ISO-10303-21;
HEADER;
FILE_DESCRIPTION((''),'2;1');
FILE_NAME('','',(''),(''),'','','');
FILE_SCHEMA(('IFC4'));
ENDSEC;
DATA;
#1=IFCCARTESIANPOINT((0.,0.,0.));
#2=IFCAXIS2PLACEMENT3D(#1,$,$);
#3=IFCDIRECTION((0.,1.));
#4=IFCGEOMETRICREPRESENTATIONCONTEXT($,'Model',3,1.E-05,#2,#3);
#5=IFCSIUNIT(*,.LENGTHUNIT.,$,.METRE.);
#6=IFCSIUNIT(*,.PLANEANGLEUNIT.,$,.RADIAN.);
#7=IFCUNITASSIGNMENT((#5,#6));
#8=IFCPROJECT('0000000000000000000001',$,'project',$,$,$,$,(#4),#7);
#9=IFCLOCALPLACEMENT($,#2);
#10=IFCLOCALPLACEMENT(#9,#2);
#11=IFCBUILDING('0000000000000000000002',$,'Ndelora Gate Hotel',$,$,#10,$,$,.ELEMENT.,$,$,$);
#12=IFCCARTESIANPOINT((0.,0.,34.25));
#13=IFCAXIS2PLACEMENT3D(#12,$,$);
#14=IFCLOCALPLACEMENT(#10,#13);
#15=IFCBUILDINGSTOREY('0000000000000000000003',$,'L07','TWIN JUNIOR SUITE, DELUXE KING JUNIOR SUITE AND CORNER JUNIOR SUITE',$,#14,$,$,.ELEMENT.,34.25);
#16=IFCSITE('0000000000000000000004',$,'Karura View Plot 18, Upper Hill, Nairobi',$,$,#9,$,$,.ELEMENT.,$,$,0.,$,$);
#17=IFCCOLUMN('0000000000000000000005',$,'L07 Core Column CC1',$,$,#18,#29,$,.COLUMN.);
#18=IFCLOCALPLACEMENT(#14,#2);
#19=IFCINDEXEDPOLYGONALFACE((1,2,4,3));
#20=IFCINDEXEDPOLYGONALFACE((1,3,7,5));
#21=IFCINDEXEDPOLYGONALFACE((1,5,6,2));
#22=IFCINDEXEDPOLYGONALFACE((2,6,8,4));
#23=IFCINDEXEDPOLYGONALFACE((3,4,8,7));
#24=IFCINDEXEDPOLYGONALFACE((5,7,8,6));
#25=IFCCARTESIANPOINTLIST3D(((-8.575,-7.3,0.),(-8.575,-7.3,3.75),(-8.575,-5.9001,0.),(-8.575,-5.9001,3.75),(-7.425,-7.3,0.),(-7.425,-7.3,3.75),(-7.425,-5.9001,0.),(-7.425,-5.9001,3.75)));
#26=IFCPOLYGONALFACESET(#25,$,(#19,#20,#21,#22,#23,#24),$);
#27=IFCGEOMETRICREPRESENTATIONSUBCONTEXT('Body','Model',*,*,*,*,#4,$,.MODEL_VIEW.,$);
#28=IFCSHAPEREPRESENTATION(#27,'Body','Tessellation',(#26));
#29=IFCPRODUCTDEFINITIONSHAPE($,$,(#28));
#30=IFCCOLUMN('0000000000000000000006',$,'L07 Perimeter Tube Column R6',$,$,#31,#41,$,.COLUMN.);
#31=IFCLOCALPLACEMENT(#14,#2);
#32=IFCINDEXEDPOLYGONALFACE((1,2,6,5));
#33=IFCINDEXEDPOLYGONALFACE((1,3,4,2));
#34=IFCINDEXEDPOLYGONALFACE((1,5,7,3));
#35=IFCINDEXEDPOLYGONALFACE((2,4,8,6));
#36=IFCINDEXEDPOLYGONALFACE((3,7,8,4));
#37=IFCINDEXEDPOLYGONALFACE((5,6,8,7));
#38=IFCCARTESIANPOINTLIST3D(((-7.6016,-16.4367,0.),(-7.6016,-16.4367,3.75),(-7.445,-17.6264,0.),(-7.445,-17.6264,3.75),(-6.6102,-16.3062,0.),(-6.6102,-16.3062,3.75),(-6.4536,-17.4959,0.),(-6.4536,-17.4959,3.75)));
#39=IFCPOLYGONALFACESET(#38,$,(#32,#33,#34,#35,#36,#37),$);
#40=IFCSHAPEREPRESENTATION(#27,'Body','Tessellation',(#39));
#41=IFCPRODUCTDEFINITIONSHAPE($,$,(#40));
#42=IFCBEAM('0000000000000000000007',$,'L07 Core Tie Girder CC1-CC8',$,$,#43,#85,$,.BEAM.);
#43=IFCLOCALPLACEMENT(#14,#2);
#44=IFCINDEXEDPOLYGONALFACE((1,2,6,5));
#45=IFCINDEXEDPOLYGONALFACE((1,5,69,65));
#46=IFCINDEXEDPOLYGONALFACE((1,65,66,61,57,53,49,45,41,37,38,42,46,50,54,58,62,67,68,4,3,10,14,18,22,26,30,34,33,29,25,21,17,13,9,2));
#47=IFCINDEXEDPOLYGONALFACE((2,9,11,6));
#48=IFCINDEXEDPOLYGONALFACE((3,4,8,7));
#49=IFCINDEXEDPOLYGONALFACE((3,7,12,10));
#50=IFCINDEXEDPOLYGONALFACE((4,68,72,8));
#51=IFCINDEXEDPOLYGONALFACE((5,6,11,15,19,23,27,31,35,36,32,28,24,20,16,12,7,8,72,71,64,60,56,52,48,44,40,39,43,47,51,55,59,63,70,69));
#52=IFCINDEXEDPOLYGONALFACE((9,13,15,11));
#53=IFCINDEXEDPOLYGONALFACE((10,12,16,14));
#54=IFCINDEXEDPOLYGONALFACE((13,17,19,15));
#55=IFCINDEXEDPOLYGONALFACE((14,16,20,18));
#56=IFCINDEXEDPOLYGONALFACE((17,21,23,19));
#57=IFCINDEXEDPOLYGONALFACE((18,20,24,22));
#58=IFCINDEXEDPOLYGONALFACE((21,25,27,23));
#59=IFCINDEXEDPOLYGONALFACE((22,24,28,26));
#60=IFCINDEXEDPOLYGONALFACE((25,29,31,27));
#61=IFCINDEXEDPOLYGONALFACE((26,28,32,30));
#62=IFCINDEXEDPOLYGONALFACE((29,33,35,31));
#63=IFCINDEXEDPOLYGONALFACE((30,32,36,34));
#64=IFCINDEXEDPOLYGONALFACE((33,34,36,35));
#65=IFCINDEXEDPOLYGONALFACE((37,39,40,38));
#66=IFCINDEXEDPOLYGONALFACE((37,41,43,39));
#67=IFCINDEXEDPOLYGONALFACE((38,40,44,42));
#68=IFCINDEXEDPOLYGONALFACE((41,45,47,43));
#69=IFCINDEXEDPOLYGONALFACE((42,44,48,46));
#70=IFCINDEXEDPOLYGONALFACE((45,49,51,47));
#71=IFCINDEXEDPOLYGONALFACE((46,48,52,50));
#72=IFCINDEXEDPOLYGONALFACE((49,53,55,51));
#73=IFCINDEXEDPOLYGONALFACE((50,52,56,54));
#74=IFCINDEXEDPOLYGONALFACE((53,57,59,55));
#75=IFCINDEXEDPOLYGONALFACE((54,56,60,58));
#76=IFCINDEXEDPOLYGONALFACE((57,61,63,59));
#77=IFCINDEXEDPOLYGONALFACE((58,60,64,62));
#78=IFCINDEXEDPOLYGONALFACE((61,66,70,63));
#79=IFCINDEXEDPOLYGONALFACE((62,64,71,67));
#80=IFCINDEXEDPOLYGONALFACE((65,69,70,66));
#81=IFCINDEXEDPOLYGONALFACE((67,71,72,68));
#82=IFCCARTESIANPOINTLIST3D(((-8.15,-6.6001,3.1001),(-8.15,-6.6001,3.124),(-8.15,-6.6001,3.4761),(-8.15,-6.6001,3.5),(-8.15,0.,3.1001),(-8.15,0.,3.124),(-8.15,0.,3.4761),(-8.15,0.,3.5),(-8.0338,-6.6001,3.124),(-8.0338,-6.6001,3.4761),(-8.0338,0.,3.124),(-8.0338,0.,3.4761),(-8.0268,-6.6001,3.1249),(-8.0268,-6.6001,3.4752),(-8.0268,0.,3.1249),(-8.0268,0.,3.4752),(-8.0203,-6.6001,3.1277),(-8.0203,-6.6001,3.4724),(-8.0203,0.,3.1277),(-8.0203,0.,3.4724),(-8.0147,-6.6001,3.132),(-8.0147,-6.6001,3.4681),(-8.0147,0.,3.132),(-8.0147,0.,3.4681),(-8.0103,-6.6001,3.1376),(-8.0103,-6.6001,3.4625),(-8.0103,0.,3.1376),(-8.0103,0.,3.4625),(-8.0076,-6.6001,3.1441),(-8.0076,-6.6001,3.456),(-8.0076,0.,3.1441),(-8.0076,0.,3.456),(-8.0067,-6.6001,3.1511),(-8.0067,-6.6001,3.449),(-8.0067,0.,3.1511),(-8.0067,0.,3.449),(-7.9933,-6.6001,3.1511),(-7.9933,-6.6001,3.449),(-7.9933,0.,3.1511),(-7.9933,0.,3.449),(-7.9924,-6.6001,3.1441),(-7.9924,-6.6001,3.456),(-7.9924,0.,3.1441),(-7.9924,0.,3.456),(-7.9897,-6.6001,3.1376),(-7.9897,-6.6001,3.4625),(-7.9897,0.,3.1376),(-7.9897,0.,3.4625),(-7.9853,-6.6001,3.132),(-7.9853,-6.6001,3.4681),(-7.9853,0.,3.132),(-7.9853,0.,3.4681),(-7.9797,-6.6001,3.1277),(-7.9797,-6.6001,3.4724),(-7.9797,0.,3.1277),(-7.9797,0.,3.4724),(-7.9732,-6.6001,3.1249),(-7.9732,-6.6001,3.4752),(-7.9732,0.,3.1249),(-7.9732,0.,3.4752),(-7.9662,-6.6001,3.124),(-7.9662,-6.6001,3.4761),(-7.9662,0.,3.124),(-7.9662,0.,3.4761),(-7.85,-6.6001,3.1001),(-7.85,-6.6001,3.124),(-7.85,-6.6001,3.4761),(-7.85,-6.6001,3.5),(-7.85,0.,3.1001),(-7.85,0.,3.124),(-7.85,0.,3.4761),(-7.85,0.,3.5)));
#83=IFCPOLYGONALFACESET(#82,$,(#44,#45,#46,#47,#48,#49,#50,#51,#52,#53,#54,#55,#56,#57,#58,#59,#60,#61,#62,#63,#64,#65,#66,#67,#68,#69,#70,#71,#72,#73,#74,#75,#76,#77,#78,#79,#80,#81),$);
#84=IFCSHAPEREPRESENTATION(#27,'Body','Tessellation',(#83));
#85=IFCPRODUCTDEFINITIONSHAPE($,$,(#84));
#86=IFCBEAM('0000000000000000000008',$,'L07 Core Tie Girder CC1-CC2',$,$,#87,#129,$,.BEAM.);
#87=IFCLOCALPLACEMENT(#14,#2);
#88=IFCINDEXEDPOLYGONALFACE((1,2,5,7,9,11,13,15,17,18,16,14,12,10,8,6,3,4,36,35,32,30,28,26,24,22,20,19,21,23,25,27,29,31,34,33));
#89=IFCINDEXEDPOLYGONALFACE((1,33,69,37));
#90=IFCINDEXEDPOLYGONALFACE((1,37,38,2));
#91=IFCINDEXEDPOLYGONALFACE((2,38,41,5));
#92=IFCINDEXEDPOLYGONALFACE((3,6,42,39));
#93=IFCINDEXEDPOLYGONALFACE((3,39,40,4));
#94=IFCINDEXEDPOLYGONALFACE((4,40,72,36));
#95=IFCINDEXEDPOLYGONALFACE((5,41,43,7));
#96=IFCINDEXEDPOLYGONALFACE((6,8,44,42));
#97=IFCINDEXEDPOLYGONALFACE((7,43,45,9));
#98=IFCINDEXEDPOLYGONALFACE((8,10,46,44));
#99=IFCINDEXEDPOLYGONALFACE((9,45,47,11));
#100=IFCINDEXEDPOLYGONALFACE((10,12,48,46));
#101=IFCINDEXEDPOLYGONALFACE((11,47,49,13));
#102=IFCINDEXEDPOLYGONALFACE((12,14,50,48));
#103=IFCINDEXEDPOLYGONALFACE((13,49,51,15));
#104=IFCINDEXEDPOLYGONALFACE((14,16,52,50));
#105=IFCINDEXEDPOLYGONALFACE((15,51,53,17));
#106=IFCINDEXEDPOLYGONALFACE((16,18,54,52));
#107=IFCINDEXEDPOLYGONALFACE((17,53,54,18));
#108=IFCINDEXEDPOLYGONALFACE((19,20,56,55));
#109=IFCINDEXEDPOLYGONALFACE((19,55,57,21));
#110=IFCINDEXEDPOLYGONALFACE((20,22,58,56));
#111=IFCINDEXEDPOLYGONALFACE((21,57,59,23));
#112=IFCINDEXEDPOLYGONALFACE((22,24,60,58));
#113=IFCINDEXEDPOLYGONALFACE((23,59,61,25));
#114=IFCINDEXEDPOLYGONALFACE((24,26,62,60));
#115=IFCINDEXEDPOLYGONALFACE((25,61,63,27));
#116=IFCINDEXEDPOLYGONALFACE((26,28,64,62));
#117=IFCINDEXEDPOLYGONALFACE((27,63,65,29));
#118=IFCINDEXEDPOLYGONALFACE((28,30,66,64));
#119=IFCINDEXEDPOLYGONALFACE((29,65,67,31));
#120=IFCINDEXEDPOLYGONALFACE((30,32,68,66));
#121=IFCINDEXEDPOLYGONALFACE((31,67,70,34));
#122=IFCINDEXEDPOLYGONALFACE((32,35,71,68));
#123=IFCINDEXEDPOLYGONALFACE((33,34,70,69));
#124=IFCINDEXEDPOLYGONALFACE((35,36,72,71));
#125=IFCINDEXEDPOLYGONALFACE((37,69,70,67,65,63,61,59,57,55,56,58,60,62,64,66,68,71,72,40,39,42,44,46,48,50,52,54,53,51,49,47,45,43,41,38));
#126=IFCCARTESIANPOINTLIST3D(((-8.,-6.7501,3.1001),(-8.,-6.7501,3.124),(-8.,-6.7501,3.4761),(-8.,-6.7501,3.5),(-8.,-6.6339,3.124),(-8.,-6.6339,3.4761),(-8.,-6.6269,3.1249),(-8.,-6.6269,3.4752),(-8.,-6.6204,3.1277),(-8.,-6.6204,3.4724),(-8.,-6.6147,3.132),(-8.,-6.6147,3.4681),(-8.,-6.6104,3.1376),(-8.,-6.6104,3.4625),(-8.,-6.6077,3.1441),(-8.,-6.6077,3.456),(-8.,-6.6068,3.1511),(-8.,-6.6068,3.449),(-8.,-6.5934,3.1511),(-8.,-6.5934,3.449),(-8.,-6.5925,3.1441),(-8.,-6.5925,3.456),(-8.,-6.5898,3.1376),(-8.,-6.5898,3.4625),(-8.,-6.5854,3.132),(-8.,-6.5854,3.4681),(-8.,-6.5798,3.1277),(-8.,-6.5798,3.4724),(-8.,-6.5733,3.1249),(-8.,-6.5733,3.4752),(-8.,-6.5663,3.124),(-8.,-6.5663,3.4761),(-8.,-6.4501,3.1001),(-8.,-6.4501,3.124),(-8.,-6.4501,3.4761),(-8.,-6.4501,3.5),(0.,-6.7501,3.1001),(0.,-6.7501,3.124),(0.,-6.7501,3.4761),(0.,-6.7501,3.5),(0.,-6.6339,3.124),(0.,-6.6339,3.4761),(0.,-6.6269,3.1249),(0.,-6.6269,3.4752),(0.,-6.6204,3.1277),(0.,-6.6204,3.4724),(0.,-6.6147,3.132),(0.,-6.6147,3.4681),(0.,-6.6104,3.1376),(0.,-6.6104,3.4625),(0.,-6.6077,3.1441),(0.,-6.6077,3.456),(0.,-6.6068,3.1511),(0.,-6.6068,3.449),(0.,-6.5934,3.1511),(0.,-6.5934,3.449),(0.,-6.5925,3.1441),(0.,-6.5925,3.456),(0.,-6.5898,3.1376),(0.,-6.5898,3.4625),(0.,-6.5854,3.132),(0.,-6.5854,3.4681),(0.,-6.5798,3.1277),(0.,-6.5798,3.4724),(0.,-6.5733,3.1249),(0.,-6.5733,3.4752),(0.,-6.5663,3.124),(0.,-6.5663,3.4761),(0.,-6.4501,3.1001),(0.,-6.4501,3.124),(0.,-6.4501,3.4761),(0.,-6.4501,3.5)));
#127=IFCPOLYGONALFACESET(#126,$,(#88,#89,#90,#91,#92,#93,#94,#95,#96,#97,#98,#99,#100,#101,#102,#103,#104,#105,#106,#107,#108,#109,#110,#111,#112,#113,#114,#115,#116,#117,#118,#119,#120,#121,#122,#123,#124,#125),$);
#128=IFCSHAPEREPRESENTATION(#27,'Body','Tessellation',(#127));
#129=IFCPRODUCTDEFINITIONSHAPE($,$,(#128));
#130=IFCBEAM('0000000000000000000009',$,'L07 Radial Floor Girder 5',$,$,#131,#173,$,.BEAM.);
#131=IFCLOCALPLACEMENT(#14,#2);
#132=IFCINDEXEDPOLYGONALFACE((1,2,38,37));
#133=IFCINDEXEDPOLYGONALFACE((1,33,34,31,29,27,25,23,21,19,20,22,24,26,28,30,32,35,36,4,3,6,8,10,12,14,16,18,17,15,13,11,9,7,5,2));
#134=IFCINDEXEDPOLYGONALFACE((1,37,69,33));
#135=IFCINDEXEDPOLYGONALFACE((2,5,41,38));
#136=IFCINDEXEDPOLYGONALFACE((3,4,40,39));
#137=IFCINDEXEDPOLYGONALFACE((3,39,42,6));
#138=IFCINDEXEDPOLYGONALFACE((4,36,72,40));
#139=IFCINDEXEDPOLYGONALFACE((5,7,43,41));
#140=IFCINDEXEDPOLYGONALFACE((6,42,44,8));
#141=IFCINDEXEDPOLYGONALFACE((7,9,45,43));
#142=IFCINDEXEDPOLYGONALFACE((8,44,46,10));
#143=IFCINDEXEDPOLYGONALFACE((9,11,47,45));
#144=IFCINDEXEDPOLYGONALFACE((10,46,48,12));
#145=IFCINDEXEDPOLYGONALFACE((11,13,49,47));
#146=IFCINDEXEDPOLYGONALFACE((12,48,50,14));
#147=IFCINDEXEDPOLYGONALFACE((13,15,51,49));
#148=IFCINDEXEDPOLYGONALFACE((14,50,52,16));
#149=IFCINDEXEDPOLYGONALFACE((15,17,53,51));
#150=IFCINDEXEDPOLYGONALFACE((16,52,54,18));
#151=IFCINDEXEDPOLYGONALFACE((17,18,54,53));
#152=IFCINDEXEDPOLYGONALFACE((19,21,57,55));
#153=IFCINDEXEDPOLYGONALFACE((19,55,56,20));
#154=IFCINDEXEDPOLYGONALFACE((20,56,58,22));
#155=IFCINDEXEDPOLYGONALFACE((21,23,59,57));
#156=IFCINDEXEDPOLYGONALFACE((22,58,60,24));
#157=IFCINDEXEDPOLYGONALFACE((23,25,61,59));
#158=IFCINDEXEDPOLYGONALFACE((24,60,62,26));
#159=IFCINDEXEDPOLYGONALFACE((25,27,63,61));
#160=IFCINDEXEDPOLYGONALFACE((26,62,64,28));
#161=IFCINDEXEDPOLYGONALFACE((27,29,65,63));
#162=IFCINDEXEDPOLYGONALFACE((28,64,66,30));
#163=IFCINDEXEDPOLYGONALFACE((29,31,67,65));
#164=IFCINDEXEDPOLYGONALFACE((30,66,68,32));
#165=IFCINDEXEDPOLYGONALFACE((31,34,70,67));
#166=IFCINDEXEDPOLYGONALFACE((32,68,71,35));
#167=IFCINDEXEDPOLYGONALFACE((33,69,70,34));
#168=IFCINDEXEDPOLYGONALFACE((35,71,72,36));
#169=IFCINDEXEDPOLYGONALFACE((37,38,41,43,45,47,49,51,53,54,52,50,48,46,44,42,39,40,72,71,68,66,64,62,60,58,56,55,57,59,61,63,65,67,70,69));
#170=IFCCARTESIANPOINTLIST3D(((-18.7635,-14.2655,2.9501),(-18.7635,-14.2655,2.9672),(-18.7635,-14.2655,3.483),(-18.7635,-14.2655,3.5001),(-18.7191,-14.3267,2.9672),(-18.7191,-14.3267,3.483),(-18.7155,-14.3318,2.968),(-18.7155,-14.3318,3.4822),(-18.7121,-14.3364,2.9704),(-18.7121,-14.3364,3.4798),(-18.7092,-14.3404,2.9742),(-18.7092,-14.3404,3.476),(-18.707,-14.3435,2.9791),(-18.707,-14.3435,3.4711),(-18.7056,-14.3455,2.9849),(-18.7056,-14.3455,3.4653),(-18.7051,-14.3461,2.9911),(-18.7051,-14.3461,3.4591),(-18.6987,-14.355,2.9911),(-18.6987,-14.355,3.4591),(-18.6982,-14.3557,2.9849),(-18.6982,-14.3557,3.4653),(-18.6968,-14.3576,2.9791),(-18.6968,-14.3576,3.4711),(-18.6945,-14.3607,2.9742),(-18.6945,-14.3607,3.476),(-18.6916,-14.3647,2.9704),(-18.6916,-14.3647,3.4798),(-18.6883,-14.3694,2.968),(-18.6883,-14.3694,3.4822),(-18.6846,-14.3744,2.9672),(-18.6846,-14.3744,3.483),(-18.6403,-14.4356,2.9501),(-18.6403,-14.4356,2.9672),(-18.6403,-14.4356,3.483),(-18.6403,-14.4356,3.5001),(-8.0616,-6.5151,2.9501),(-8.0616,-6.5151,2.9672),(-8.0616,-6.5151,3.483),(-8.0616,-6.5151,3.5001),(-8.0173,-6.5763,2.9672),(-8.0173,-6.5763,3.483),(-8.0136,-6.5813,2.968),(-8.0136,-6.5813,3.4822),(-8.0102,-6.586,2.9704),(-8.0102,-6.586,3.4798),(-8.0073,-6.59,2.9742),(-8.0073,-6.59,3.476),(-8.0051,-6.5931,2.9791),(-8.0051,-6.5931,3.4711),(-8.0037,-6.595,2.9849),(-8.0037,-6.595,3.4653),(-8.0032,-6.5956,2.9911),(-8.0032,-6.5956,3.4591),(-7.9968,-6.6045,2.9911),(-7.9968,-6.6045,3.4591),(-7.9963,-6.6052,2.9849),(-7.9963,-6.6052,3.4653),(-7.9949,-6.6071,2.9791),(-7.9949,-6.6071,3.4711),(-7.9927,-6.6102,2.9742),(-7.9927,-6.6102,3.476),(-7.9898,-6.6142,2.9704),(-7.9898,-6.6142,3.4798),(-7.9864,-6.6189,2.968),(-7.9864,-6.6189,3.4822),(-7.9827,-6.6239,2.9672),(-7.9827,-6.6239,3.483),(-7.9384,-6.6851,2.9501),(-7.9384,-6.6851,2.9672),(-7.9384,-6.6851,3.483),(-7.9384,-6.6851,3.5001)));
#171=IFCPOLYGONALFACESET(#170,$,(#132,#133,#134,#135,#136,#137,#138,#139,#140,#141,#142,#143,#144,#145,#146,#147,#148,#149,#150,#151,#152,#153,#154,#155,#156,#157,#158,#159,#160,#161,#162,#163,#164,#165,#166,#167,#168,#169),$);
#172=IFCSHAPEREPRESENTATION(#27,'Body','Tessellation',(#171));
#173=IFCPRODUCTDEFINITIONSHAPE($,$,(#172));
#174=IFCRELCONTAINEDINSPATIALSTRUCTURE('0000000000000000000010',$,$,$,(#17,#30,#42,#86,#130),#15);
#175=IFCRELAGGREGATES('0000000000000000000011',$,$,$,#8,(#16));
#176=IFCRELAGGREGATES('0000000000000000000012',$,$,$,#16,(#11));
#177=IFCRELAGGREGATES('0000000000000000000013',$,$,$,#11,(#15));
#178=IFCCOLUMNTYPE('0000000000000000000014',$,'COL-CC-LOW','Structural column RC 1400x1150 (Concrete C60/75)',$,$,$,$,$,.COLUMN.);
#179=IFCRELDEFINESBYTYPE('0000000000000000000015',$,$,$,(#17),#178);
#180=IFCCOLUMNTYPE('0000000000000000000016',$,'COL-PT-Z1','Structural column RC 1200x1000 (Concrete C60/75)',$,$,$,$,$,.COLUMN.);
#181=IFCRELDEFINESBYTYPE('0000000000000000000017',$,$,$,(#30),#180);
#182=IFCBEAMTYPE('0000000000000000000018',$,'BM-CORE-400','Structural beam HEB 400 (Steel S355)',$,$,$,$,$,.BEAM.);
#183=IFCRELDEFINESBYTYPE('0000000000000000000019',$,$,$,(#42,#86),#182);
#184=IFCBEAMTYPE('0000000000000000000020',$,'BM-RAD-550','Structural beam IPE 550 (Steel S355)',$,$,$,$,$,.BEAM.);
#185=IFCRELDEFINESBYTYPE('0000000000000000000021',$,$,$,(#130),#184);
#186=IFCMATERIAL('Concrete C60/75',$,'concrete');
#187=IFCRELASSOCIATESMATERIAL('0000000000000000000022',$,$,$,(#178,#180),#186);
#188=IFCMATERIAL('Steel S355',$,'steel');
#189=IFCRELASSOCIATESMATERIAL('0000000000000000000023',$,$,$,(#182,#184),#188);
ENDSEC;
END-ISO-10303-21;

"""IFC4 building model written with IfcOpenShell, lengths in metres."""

from ifc_helpers import new_model, si_unit, direction, frame, origin, origin_2d, place, context, subcontext, project, spatial, rectangle, i_section, extrude, material, material_profile, profile_set, type_object, element, save


model = new_model("IFC4")

# Units and contexts
model_context = context("Model", 3, precision=1e-05, world=origin(), true_north=direction((0.0, 1.0)))
body_context = subcontext(model_context, "Body", "Model", "MODEL_VIEW")
ifc_project = project(units=[si_unit("LENGTHUNIT", "METRE"), si_unit("PLANEANGLEUNIT", "RADIAN")], contexts=[model_context])

# Site, building, storey
site_placement = place(None, origin())
site = spatial("IfcSite", under=ifc_project, at=site_placement, Name="Karura View Plot 18, Upper Hill, Nairobi", CompositionType="ELEMENT", RefElevation=0.0)
building_placement = place(site_placement, origin())
building = spatial("IfcBuilding", under=site, at=building_placement, Name="Ndelora Gate Hotel", CompositionType="ELEMENT")
storey_placement = place(building_placement, frame((0.0, 0.0, 34.25)))
storey = spatial("IfcBuildingStorey", under=building, at=storey_placement, Name="L07", Description="TWIN JUNIOR SUITE, DELUXE KING JUNIOR SUITE AND CORNER JUNIOR SUITE", CompositionType="ELEMENT", Elevation=34.25)

# Columns
ifc_material_1 = material(Name="Concrete C60/75", Category="concrete")
ifc_material_profile_1 = material_profile(ifc_material_1, rectangle(XDim=1.1499, YDim=1.3999, at=origin_2d()), Name="RC 1400x1150")
ifc_profile_set_1 = profile_set([ifc_material_profile_1], Name="Concrete C60/75")
column_type_1 = type_object("IfcColumnType", Name="COL-CC-LOW", Description="Structural column RC 1400x1150 (Concrete C60/75)", PredefinedType="COLUMN", material=ifc_profile_set_1)
column_1_placement = place(storey_placement, frame((-8.0, -6.6001, 0.0), z_axis=(0.0, 0.0, 1.0), x_axis=(1.0, 0.0, 0.0)))
element("IfcColumn", 1, at=column_1_placement, inside=storey, type_object=column_type_1, Name="L07 Core Column CC1", PredefinedType="COLUMN", context=body_context, shape_type="SweptSolid", body=[
    extrude(rectangle(XDim=1.1499, YDim=1.3999, at=origin_2d()), origin(), (0.0, 0.0, 1.0), 3.75),
])
ifc_material_profile_2 = material_profile(ifc_material_1, rectangle(XDim=1.0, YDim=1.2, at=origin_2d()), Name="RC 1200x1000")
ifc_profile_set_2 = profile_set([ifc_material_profile_2], Name="Concrete C60/75")
column_type_2 = type_object("IfcColumnType", Name="COL-PT-Z1", Description="Structural column RC 1200x1000 (Concrete C60/75)", PredefinedType="COLUMN", material=ifc_profile_set_2)
column_2_placement = place(storey_placement, frame((-7.0276, -16.9663, 0.0), z_axis=(0.0, 0.0, 1.0), x_axis=(0.991445, 0.130526, 0.0)))
element("IfcColumn", 2, at=column_2_placement, inside=storey, type_object=column_type_2, Name="L07 Perimeter Tube Column R6", PredefinedType="COLUMN", context=body_context, shape_type="SweptSolid", body=[
    extrude(rectangle(XDim=1.0, YDim=1.2, at=origin_2d()), origin(), (0.0, 0.0, 1.0), 3.75),
])

# Beams
ifc_material_2 = material(Name="Steel S355", Category="steel")
ifc_material_profile_3 = material_profile(ifc_material_2, i_section(OverallWidth=0.3, OverallDepth=0.3999, WebThickness=0.0134, FlangeThickness=0.0239, FilletRadius=0.0271, at=origin_2d()), Name="HEB 400")
ifc_profile_set_3 = profile_set([ifc_material_profile_3], Name="Steel S355")
beam_type_1 = type_object("IfcBeamType", Name="BM-CORE-400", Description="Structural beam HEB 400 (Steel S355)", PredefinedType="BEAM", material=ifc_profile_set_3)
beam_1_placement = place(storey_placement, frame((-8.0, -6.6001, 3.3), z_axis=(0.0, 1.0, 0.0), x_axis=(-1.0, 0.0, 0.0)))
element("IfcBeam", 3, at=beam_1_placement, inside=storey, type_object=beam_type_1, Name="L07 Core Tie Girder CC1-CC8", PredefinedType="BEAM", context=body_context, shape_type="SweptSolid", body=[
    extrude(i_section(OverallWidth=0.3, OverallDepth=0.3999, WebThickness=0.0134, FlangeThickness=0.0239, FilletRadius=0.0271, at=origin_2d()), origin(), (0.0, 0.0, 1.0), 6.6001),
])
beam_2_placement = place(storey_placement, frame((-8.0, -6.6001, 3.3), z_axis=(1.0, 0.0, 0.0), x_axis=(0.0, 1.0, 0.0)))
element("IfcBeam", 4, at=beam_2_placement, inside=storey, type_object=beam_type_1, Name="L07 Core Tie Girder CC1-CC2", PredefinedType="BEAM", context=body_context, shape_type="SweptSolid", body=[
    extrude(i_section(OverallWidth=0.3, OverallDepth=0.3999, WebThickness=0.0134, FlangeThickness=0.0239, FilletRadius=0.0271, at=origin_2d()), origin(), (0.0, 0.0, 1.0), 8.0),
])
ifc_material_profile_4 = material_profile(ifc_material_2, i_section(OverallWidth=0.21, OverallDepth=0.55, WebThickness=0.011, FlangeThickness=0.0171, FilletRadius=0.0239, at=origin_2d()), Name="IPE 550")
ifc_profile_set_4 = profile_set([ifc_material_profile_4], Name="Steel S355")
beam_type_2 = type_object("IfcBeamType", Name="BM-RAD-550", Description="Structural beam IPE 550 (Steel S355)", PredefinedType="BEAM", material=ifc_profile_set_4)
beam_3_placement = place(storey_placement, frame((-8.0, -6.6001, 3.2251), z_axis=(-0.809912, -0.586551, 0.0), x_axis=(0.586551, -0.809912, 0.0)))
element("IfcBeam", 5, at=beam_3_placement, inside=storey, type_object=beam_type_2, Name="L07 Radial Floor Girder 5", PredefinedType="BEAM", context=body_context, shape_type="SweptSolid", body=[
    extrude(i_section(OverallWidth=0.21, OverallDepth=0.55, WebThickness=0.011, FlangeThickness=0.0171, FilletRadius=0.0239, at=origin_2d()), origin(), (0.0, 0.0, 1.0), 13.2136),
])

save(model, "model.ifc")
